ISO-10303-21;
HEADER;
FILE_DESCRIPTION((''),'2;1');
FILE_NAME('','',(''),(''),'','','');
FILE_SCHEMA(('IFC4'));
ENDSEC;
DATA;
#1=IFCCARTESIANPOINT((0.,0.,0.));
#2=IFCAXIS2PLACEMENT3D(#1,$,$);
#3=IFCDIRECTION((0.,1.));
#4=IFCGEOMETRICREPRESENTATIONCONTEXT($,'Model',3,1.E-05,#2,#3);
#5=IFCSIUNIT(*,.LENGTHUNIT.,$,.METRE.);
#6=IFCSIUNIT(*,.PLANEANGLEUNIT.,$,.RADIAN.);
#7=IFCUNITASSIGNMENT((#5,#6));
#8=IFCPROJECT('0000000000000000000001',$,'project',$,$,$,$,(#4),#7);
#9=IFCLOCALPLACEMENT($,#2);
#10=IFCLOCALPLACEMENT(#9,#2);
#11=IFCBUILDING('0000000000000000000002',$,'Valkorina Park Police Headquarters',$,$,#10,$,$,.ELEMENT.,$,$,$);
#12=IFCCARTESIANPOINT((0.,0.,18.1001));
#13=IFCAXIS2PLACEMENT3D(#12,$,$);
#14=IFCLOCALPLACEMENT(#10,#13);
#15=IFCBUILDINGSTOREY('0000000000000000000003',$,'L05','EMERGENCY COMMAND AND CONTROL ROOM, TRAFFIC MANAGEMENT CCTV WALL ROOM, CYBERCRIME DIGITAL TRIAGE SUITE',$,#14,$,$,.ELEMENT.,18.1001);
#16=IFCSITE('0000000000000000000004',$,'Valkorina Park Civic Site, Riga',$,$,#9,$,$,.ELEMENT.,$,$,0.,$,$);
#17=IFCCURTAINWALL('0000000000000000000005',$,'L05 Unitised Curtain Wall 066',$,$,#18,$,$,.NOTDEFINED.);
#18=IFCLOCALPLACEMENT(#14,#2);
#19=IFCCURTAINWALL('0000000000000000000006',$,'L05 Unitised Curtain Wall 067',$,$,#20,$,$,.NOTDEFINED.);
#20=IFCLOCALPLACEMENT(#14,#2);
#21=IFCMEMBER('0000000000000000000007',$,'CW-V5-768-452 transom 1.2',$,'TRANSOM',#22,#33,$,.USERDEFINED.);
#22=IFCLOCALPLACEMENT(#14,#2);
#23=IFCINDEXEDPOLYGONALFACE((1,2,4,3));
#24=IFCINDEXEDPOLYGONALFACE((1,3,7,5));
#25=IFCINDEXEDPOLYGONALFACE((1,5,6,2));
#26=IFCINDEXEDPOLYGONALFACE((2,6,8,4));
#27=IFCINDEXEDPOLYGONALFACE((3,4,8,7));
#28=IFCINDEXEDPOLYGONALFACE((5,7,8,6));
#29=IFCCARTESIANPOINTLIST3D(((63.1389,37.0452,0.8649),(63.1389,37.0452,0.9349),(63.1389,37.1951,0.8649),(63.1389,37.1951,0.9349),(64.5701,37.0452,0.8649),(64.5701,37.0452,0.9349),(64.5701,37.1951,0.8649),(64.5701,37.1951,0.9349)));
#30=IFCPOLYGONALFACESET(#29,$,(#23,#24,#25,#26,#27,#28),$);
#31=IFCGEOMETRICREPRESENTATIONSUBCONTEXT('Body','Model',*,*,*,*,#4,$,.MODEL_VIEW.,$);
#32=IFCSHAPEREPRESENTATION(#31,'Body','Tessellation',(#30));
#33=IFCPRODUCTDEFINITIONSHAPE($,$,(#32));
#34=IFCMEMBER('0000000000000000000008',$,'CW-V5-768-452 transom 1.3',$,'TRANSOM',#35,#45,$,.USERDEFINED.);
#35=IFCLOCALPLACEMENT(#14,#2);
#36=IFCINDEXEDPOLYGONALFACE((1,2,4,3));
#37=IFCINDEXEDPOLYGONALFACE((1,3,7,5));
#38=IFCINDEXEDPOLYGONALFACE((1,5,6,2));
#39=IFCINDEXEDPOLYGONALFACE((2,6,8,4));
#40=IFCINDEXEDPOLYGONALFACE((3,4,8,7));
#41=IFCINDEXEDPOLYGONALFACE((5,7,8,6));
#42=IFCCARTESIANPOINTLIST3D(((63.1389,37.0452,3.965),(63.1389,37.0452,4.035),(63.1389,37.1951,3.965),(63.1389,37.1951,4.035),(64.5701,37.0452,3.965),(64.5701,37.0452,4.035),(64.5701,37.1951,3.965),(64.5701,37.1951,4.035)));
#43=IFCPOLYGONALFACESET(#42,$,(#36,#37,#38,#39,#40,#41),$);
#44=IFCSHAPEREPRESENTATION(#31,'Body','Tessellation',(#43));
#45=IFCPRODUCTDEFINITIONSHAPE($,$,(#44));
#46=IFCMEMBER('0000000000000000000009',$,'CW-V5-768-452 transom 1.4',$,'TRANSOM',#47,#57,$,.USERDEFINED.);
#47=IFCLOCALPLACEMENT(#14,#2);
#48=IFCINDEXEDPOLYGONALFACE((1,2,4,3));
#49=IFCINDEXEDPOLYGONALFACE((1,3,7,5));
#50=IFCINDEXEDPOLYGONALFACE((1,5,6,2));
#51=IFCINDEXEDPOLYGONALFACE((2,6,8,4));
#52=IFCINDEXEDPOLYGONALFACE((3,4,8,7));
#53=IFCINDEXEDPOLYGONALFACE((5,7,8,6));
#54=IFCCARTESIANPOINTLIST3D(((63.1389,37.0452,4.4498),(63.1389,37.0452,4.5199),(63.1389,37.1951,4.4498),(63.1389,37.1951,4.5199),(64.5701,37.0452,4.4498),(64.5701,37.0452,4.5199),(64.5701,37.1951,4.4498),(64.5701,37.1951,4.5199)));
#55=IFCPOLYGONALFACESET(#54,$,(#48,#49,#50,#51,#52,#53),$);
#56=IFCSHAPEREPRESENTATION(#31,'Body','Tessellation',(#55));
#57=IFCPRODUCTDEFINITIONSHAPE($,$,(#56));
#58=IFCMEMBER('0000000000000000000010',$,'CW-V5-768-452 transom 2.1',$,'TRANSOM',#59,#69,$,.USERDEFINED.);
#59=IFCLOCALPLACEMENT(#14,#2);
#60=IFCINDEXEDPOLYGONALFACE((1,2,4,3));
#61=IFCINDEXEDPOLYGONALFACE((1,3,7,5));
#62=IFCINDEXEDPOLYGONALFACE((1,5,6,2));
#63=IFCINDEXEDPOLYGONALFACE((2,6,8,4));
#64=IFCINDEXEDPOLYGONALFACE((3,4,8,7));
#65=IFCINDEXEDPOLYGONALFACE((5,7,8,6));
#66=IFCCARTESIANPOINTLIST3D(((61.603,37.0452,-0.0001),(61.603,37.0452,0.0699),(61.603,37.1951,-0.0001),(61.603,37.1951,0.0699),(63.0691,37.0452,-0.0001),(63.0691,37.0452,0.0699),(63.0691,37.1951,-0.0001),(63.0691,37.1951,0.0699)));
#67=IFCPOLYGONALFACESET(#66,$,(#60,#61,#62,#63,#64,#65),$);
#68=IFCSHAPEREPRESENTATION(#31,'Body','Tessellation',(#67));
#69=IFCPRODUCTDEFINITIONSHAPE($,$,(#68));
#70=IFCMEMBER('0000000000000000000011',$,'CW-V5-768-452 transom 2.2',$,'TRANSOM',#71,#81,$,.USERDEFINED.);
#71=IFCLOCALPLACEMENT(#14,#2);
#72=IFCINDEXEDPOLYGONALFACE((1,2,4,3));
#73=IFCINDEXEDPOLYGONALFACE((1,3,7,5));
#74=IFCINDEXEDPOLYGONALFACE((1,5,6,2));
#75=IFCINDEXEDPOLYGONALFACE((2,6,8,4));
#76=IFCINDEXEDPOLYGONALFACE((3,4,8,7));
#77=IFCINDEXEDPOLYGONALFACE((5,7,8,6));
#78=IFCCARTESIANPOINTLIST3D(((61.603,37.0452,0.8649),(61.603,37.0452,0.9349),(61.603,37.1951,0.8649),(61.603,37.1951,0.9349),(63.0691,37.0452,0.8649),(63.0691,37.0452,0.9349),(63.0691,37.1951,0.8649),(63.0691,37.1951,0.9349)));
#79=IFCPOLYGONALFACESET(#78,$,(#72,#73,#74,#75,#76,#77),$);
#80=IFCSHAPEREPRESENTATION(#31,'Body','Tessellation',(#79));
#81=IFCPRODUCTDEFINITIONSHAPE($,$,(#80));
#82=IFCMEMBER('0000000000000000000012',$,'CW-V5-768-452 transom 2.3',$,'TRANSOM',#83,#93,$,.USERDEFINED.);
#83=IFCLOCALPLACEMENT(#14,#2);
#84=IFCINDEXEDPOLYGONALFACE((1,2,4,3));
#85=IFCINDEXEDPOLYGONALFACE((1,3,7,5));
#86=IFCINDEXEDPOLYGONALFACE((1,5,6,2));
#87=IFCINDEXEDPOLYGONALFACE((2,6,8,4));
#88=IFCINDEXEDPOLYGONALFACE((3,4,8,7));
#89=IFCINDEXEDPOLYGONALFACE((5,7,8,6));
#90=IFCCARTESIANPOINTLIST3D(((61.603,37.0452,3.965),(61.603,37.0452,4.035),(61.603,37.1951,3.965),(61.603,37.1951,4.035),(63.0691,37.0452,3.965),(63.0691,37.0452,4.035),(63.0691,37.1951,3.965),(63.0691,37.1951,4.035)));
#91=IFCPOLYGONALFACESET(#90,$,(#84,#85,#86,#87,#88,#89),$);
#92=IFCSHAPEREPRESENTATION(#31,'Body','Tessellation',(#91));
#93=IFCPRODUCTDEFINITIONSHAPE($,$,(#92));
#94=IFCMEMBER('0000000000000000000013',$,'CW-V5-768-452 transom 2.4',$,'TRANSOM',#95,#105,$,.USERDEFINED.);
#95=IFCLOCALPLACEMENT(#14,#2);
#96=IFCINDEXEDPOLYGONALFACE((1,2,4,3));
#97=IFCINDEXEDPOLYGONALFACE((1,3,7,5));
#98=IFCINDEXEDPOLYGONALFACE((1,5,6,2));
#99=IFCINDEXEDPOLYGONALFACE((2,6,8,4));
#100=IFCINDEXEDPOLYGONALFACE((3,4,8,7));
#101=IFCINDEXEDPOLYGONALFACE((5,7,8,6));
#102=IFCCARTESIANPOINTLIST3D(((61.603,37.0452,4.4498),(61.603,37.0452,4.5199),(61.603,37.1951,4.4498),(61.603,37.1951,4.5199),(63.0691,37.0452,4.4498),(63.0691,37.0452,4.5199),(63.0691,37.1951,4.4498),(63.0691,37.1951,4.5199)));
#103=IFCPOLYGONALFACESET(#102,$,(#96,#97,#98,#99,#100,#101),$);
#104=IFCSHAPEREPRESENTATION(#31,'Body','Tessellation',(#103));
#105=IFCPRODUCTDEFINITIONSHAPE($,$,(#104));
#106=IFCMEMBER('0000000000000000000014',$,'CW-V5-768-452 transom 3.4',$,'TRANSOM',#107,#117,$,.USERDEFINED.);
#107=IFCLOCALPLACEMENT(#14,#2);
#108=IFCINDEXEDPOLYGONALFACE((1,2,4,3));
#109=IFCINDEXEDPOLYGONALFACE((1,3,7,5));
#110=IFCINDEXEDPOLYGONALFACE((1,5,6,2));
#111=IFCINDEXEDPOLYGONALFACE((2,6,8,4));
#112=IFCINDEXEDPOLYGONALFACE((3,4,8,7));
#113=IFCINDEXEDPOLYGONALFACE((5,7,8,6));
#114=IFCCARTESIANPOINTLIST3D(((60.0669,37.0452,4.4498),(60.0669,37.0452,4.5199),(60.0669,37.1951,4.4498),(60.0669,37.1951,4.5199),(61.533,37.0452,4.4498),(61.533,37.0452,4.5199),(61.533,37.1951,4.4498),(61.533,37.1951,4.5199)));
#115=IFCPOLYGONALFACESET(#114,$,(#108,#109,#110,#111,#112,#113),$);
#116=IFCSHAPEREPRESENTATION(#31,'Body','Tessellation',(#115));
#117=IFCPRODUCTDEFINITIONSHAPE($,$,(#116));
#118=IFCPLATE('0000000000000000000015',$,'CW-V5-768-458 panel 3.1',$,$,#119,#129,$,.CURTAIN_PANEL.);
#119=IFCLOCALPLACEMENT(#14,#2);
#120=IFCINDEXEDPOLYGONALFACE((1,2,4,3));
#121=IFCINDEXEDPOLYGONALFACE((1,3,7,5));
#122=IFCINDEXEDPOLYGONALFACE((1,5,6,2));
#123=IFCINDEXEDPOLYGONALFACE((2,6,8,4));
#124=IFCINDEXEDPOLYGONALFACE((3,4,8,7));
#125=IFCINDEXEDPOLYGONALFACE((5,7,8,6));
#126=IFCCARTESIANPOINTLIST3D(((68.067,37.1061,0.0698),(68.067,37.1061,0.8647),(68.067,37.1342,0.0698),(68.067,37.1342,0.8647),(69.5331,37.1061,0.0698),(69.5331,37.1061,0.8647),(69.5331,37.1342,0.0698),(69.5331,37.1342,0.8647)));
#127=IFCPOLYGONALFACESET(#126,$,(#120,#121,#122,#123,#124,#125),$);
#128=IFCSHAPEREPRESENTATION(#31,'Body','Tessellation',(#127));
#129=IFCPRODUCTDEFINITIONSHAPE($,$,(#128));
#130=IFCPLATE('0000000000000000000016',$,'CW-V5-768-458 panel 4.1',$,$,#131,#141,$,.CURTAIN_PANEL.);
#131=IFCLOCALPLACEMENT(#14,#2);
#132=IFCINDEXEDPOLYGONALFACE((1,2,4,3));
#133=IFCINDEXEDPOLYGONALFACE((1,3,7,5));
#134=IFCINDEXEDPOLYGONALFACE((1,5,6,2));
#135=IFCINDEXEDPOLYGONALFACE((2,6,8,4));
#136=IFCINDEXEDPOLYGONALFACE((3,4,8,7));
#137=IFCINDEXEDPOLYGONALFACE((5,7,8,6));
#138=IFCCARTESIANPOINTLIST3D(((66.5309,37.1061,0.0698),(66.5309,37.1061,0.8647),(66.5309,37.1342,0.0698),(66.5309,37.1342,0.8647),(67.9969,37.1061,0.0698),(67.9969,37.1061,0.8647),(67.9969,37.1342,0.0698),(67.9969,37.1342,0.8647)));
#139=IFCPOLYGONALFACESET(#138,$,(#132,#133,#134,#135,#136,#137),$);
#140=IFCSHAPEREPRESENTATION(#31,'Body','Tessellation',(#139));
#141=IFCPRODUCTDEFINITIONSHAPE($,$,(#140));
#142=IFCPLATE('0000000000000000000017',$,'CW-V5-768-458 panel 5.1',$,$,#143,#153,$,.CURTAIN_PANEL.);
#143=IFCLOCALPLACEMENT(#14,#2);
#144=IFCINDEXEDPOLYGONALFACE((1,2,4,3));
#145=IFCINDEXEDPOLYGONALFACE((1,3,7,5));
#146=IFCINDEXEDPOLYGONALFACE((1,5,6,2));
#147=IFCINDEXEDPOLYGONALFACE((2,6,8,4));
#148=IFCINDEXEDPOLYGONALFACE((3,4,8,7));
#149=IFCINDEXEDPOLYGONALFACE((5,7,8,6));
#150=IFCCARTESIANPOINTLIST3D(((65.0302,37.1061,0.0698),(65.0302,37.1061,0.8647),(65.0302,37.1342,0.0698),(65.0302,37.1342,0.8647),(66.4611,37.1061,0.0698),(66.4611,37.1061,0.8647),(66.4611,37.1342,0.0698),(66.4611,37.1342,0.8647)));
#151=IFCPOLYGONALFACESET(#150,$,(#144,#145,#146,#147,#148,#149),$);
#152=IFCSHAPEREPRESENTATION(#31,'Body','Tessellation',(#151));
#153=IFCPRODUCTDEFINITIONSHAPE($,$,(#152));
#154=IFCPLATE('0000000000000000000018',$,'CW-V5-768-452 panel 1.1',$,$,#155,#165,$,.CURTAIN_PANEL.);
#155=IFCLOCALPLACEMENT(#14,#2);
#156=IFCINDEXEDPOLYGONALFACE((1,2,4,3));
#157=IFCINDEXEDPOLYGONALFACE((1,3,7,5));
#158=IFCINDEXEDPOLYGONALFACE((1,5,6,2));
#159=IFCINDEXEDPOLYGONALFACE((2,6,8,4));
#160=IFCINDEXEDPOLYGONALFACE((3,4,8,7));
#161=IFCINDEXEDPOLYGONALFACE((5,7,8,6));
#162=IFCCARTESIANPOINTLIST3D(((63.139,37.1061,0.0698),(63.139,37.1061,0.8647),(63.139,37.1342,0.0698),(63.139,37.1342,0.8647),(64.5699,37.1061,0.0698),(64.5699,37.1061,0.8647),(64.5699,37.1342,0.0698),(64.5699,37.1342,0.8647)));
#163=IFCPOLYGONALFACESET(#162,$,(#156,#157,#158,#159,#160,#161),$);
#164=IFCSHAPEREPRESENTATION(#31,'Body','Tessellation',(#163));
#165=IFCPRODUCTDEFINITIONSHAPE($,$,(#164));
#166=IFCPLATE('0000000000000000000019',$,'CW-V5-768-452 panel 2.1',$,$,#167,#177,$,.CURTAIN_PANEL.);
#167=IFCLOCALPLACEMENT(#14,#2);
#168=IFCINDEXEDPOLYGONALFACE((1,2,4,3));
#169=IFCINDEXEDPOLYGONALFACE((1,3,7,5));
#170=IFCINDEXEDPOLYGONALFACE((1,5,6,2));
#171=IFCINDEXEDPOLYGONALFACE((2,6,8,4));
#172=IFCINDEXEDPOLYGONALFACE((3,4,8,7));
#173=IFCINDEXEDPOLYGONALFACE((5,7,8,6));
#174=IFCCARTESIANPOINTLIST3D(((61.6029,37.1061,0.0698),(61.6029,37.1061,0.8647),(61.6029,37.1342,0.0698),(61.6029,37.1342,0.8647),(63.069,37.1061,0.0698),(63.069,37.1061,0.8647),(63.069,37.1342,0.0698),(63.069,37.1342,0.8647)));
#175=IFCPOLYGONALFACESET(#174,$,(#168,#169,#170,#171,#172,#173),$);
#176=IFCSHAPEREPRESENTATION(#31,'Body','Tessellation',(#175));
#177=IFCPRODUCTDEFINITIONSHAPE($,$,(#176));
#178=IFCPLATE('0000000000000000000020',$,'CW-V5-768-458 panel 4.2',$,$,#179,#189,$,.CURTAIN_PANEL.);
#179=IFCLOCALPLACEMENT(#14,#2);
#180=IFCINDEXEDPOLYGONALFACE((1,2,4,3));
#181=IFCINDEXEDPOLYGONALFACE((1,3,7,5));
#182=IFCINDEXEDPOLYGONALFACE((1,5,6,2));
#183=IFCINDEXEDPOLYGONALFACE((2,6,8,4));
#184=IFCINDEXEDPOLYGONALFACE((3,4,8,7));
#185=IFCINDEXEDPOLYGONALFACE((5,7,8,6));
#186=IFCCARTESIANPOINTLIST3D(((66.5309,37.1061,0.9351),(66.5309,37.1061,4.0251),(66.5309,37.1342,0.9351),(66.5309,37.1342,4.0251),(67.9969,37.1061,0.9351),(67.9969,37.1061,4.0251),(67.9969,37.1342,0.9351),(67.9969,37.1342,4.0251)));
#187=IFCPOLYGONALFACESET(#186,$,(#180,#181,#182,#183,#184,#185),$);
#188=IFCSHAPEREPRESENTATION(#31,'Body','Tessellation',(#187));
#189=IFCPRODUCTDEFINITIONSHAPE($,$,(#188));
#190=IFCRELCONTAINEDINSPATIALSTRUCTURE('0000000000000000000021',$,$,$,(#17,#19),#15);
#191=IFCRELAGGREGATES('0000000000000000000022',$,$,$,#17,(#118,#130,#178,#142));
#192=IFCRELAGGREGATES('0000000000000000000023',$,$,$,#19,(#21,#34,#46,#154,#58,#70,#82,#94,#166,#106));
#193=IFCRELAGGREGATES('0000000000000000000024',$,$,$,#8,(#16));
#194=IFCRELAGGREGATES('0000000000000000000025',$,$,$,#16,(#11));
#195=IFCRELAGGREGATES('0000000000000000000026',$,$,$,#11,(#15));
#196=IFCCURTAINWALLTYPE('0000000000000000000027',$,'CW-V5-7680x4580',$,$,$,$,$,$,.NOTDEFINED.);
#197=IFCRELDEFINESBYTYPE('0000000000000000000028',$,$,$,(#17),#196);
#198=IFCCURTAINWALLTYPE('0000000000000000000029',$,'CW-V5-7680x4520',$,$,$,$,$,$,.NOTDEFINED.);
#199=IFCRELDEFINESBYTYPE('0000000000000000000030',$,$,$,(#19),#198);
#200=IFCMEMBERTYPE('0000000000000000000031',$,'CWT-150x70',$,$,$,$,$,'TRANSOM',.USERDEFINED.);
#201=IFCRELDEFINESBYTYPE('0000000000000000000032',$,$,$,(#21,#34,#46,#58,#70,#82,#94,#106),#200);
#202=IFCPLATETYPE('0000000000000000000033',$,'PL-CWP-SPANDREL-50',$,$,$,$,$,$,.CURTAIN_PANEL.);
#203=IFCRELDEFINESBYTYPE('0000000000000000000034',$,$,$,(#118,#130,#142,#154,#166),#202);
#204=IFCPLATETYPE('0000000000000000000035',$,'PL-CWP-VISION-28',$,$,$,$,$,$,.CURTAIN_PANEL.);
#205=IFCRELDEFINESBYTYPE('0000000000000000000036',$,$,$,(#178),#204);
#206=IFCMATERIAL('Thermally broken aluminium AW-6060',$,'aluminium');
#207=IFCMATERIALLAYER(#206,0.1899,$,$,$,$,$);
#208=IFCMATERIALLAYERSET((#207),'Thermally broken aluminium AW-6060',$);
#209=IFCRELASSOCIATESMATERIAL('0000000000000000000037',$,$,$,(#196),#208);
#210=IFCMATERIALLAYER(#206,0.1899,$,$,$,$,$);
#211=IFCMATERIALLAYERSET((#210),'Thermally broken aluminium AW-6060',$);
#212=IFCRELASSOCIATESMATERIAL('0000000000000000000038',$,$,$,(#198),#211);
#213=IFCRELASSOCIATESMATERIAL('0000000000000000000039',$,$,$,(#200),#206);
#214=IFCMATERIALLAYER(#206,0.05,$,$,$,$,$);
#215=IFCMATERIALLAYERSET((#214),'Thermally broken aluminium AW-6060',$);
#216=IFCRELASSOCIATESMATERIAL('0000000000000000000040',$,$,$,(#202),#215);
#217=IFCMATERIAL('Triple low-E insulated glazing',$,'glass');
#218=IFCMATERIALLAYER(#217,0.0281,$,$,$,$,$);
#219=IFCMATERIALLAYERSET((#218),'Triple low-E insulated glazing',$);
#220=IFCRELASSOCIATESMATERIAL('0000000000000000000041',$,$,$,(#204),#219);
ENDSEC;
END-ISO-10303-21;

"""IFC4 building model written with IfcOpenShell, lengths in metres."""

from ifc_helpers import new_model, si_unit, direction, frame, origin, origin_2d, place, context, subcontext, project, spatial, rectangle, extrude, material, layer, layer_set, material_profile, profile_set, type_object, element, aggregate, save


model = new_model("IFC4")

# Units and contexts
model_context = context("Model", 3, precision=1e-05, world=origin(), true_north=direction((0.0, 1.0)))
body_context = subcontext(model_context, "Body", "Model", "MODEL_VIEW")
ifc_project = project(units=[si_unit("LENGTHUNIT", "METRE"), si_unit("PLANEANGLEUNIT", "RADIAN")], contexts=[model_context])

# Site, building, storey
site_placement = place(None, origin())
site = spatial("IfcSite", under=ifc_project, at=site_placement, Name="Valkorina Park Civic Site, Riga", CompositionType="ELEMENT", RefElevation=0.0)
building_placement = place(site_placement, origin())
building = spatial("IfcBuilding", under=site, at=building_placement, Name="Valkorina Park Police Headquarters", CompositionType="ELEMENT")
storey_placement = place(building_placement, frame((0.0, 0.0, 18.1001)))
storey = spatial("IfcBuildingStorey", under=building, at=storey_placement, Name="L05", Description="EMERGENCY COMMAND AND CONTROL ROOM, TRAFFIC MANAGEMENT CCTV WALL ROOM, CYBERCRIME DIGITAL TRIAGE SUITE", CompositionType="ELEMENT", Elevation=18.1001)

# Curtain walls
ifc_material_1 = material(Name="Thermally broken aluminium AW-6060", Category="aluminium")
ifc_layer_1 = layer(ifc_material_1, 0.1899)
ifc_layer_set_1 = layer_set([ifc_layer_1], Name="Thermally broken aluminium AW-6060")
curtain_wall_type_1 = type_object("IfcCurtainWallType", Name="CW-V5-7680x4580", PredefinedType="NOTDEFINED", material=ifc_layer_set_1)
curtain_wall_1_placement = place(storey_placement, origin())
curtain_wall_1 = element("IfcCurtainWall", 1, at=curtain_wall_1_placement, inside=storey, type_object=curtain_wall_type_1, Name="L05 Unitised Curtain Wall 066", PredefinedType="NOTDEFINED")
ifc_layer_2 = layer(ifc_material_1, 0.1899)
ifc_layer_set_2 = layer_set([ifc_layer_2], Name="Thermally broken aluminium AW-6060")
curtain_wall_type_2 = type_object("IfcCurtainWallType", Name="CW-V5-7680x4520", PredefinedType="NOTDEFINED", material=ifc_layer_set_2)
curtain_wall_2_placement = place(storey_placement, origin())
curtain_wall_2 = element("IfcCurtainWall", 2, at=curtain_wall_2_placement, inside=storey, type_object=curtain_wall_type_2, Name="L05 Unitised Curtain Wall 067", PredefinedType="NOTDEFINED")

# Members
ifc_material_profile_1 = material_profile(ifc_material_1, rectangle(XDim=0.1499, YDim=0.0701, at=origin_2d()), Name="CWT-02 150x70")
ifc_profile_set_1 = profile_set([ifc_material_profile_1], Name="Thermally broken aluminium AW-6060")
member_type_1 = type_object("IfcMemberType", Name="CWT-150x70", ElementType="TRANSOM", PredefinedType="USERDEFINED", material=ifc_profile_set_1)
member_1_placement = place(storey_placement, frame((64.5701, 37.1201, 0.8999), z_axis=(-1.0, 0.0, 0.0), x_axis=(0.0, -1.0, 0.0)))
member_1 = element("IfcMember", 3, at=member_1_placement, type_object=member_type_1, Name="CW-V5-768-452 transom 1.2", ObjectType="TRANSOM", PredefinedType="USERDEFINED", context=body_context, shape_type="SweptSolid", body=[
    extrude(rectangle(XDim=0.1499, YDim=0.0701, at=origin_2d()), origin(), (0.0, 0.0, 1.0), 1.4312),
])
member_2_placement = place(storey_placement, frame((64.5701, 37.1201, 4.0), z_axis=(-1.0, 0.0, 0.0), x_axis=(0.0, -1.0, 0.0)))
member_2 = element("IfcMember", 4, at=member_2_placement, type_object=member_type_1, Name="CW-V5-768-452 transom 1.3", ObjectType="TRANSOM", PredefinedType="USERDEFINED", context=body_context, shape_type="SweptSolid", body=[
    extrude(rectangle(XDim=0.1499, YDim=0.0701, at=origin_2d()), origin(), (0.0, 0.0, 1.0), 1.4312),
])
member_3_placement = place(storey_placement, frame((64.5701, 37.1201, 4.4849), z_axis=(-1.0, 0.0, 0.0), x_axis=(0.0, -1.0, 0.0)))
member_3 = element("IfcMember", 5, at=member_3_placement, type_object=member_type_1, Name="CW-V5-768-452 transom 1.4", ObjectType="TRANSOM", PredefinedType="USERDEFINED", context=body_context, shape_type="SweptSolid", body=[
    extrude(rectangle(XDim=0.1499, YDim=0.0701, at=origin_2d()), origin(), (0.0, 0.0, 1.0), 1.4312),
])
member_4_placement = place(storey_placement, frame((63.0691, 37.1201, 0.0349), z_axis=(-1.0, 0.0, 0.0), x_axis=(0.0, -1.0, 0.0)))
member_4 = element("IfcMember", 6, at=member_4_placement, type_object=member_type_1, Name="CW-V5-768-452 transom 2.1", ObjectType="TRANSOM", PredefinedType="USERDEFINED", context=body_context, shape_type="SweptSolid", body=[
    extrude(rectangle(XDim=0.1499, YDim=0.0701, at=origin_2d()), origin(), (0.0, 0.0, 1.0), 1.4661),
])
member_5_placement = place(storey_placement, frame((63.0691, 37.1201, 0.8999), z_axis=(-1.0, 0.0, 0.0), x_axis=(0.0, -1.0, 0.0)))
member_5 = element("IfcMember", 7, at=member_5_placement, type_object=member_type_1, Name="CW-V5-768-452 transom 2.2", ObjectType="TRANSOM", PredefinedType="USERDEFINED", context=body_context, shape_type="SweptSolid", body=[
    extrude(rectangle(XDim=0.1499, YDim=0.0701, at=origin_2d()), origin(), (0.0, 0.0, 1.0), 1.4661),
])
member_6_placement = place(storey_placement, frame((63.0691, 37.1201, 4.0), z_axis=(-1.0, 0.0, 0.0), x_axis=(0.0, -1.0, 0.0)))
member_6 = element("IfcMember", 8, at=member_6_placement, type_object=member_type_1, Name="CW-V5-768-452 transom 2.3", ObjectType="TRANSOM", PredefinedType="USERDEFINED", context=body_context, shape_type="SweptSolid", body=[
    extrude(rectangle(XDim=0.1499, YDim=0.0701, at=origin_2d()), origin(), (0.0, 0.0, 1.0), 1.4661),
])
member_7_placement = place(storey_placement, frame((63.0691, 37.1201, 4.4849), z_axis=(-1.0, 0.0, 0.0), x_axis=(0.0, -1.0, 0.0)))
member_7 = element("IfcMember", 9, at=member_7_placement, type_object=member_type_1, Name="CW-V5-768-452 transom 2.4", ObjectType="TRANSOM", PredefinedType="USERDEFINED", context=body_context, shape_type="SweptSolid", body=[
    extrude(rectangle(XDim=0.1499, YDim=0.0701, at=origin_2d()), origin(), (0.0, 0.0, 1.0), 1.4661),
])
member_8_placement = place(storey_placement, frame((61.533, 37.1201, 4.4849), z_axis=(-1.0, 0.0, 0.0), x_axis=(0.0, -1.0, 0.0)))
member_8 = element("IfcMember", 10, at=member_8_placement, type_object=member_type_1, Name="CW-V5-768-452 transom 3.4", ObjectType="TRANSOM", PredefinedType="USERDEFINED", context=body_context, shape_type="SweptSolid", body=[
    extrude(rectangle(XDim=0.1499, YDim=0.0701, at=origin_2d()), origin(), (0.0, 0.0, 1.0), 1.4661),
])

# Plates
ifc_layer_3 = layer(ifc_material_1, 0.05)
ifc_layer_set_3 = layer_set([ifc_layer_3], Name="Thermally broken aluminium AW-6060")
plate_type_1 = type_object("IfcPlateType", Name="PL-CWP-SPANDREL-50", PredefinedType="CURTAIN_PANEL", material=ifc_layer_set_3)
plate_1_placement = place(storey_placement, frame((68.8, 37.1201, 0.0698), z_axis=(0.0, 0.0, 1.0), x_axis=(-1.0, 0.0, 0.0)))
plate_1 = element("IfcPlate", 11, at=plate_1_placement, type_object=plate_type_1, Name="CW-V5-768-458 panel 3.1", PredefinedType="CURTAIN_PANEL", context=body_context, shape_type="SweptSolid", body=[
    extrude(rectangle(XDim=1.4661, YDim=0.0281, at=origin_2d()), origin(), (0.0, 0.0, 1.0), 0.7949),
])
plate_2_placement = place(storey_placement, frame((67.2639, 37.1201, 0.0698), z_axis=(0.0, 0.0, 1.0), x_axis=(-1.0, 0.0, 0.0)))
plate_2 = element("IfcPlate", 12, at=plate_2_placement, type_object=plate_type_1, Name="CW-V5-768-458 panel 4.1", PredefinedType="CURTAIN_PANEL", context=body_context, shape_type="SweptSolid", body=[
    extrude(rectangle(XDim=1.4661, YDim=0.0281, at=origin_2d()), origin(), (0.0, 0.0, 1.0), 0.7949),
])
plate_3_placement = place(storey_placement, frame((65.7456, 37.1201, 0.0698), z_axis=(0.0, 0.0, 1.0), x_axis=(-1.0, 0.0, 0.0)))
plate_3 = element("IfcPlate", 13, at=plate_3_placement, type_object=plate_type_1, Name="CW-V5-768-458 panel 5.1", PredefinedType="CURTAIN_PANEL", context=body_context, shape_type="SweptSolid", body=[
    extrude(rectangle(XDim=1.4309, YDim=0.0281, at=origin_2d()), origin(), (0.0, 0.0, 1.0), 0.7949),
])
plate_4_placement = place(storey_placement, frame((63.8545, 37.1201, 0.0698), z_axis=(0.0, 0.0, 1.0), x_axis=(-1.0, 0.0, 0.0)))
plate_4 = element("IfcPlate", 14, at=plate_4_placement, type_object=plate_type_1, Name="CW-V5-768-452 panel 1.1", PredefinedType="CURTAIN_PANEL", context=body_context, shape_type="SweptSolid", body=[
    extrude(rectangle(XDim=1.4309, YDim=0.0281, at=origin_2d()), origin(), (0.0, 0.0, 1.0), 0.7949),
])
plate_5_placement = place(storey_placement, frame((62.3359, 37.1201, 0.0698), z_axis=(0.0, 0.0, 1.0), x_axis=(-1.0, 0.0, 0.0)))
plate_5 = element("IfcPlate", 15, at=plate_5_placement, type_object=plate_type_1, Name="CW-V5-768-452 panel 2.1", PredefinedType="CURTAIN_PANEL", context=body_context, shape_type="SweptSolid", body=[
    extrude(rectangle(XDim=1.4661, YDim=0.0281, at=origin_2d()), origin(), (0.0, 0.0, 1.0), 0.7949),
])
ifc_material_2 = material(Name="Triple low-E insulated glazing", Category="glass")
ifc_layer_4 = layer(ifc_material_2, 0.0281)
ifc_layer_set_4 = layer_set([ifc_layer_4], Name="Triple low-E insulated glazing")
plate_type_2 = type_object("IfcPlateType", Name="PL-CWP-VISION-28", PredefinedType="CURTAIN_PANEL", material=ifc_layer_set_4)
plate_6_placement = place(storey_placement, frame((67.2639, 37.1201, 0.9351), z_axis=(0.0, 0.0, 1.0), x_axis=(-1.0, 0.0, 0.0)))
plate_6 = element("IfcPlate", 16, at=plate_6_placement, type_object=plate_type_2, Name="CW-V5-768-458 panel 4.2", PredefinedType="CURTAIN_PANEL", context=body_context, shape_type="SweptSolid", body=[
    extrude(rectangle(XDim=1.4661, YDim=0.0281, at=origin_2d()), origin(), (0.0, 0.0, 1.0), 3.0901),
])
aggregate(curtain_wall_1, [plate_1, plate_2, plate_6, plate_3])
aggregate(curtain_wall_2, [member_1, member_2, member_3, plate_4, member_4, member_5, member_6, member_7, plate_5, member_8])

save(model, "model.ifc")
